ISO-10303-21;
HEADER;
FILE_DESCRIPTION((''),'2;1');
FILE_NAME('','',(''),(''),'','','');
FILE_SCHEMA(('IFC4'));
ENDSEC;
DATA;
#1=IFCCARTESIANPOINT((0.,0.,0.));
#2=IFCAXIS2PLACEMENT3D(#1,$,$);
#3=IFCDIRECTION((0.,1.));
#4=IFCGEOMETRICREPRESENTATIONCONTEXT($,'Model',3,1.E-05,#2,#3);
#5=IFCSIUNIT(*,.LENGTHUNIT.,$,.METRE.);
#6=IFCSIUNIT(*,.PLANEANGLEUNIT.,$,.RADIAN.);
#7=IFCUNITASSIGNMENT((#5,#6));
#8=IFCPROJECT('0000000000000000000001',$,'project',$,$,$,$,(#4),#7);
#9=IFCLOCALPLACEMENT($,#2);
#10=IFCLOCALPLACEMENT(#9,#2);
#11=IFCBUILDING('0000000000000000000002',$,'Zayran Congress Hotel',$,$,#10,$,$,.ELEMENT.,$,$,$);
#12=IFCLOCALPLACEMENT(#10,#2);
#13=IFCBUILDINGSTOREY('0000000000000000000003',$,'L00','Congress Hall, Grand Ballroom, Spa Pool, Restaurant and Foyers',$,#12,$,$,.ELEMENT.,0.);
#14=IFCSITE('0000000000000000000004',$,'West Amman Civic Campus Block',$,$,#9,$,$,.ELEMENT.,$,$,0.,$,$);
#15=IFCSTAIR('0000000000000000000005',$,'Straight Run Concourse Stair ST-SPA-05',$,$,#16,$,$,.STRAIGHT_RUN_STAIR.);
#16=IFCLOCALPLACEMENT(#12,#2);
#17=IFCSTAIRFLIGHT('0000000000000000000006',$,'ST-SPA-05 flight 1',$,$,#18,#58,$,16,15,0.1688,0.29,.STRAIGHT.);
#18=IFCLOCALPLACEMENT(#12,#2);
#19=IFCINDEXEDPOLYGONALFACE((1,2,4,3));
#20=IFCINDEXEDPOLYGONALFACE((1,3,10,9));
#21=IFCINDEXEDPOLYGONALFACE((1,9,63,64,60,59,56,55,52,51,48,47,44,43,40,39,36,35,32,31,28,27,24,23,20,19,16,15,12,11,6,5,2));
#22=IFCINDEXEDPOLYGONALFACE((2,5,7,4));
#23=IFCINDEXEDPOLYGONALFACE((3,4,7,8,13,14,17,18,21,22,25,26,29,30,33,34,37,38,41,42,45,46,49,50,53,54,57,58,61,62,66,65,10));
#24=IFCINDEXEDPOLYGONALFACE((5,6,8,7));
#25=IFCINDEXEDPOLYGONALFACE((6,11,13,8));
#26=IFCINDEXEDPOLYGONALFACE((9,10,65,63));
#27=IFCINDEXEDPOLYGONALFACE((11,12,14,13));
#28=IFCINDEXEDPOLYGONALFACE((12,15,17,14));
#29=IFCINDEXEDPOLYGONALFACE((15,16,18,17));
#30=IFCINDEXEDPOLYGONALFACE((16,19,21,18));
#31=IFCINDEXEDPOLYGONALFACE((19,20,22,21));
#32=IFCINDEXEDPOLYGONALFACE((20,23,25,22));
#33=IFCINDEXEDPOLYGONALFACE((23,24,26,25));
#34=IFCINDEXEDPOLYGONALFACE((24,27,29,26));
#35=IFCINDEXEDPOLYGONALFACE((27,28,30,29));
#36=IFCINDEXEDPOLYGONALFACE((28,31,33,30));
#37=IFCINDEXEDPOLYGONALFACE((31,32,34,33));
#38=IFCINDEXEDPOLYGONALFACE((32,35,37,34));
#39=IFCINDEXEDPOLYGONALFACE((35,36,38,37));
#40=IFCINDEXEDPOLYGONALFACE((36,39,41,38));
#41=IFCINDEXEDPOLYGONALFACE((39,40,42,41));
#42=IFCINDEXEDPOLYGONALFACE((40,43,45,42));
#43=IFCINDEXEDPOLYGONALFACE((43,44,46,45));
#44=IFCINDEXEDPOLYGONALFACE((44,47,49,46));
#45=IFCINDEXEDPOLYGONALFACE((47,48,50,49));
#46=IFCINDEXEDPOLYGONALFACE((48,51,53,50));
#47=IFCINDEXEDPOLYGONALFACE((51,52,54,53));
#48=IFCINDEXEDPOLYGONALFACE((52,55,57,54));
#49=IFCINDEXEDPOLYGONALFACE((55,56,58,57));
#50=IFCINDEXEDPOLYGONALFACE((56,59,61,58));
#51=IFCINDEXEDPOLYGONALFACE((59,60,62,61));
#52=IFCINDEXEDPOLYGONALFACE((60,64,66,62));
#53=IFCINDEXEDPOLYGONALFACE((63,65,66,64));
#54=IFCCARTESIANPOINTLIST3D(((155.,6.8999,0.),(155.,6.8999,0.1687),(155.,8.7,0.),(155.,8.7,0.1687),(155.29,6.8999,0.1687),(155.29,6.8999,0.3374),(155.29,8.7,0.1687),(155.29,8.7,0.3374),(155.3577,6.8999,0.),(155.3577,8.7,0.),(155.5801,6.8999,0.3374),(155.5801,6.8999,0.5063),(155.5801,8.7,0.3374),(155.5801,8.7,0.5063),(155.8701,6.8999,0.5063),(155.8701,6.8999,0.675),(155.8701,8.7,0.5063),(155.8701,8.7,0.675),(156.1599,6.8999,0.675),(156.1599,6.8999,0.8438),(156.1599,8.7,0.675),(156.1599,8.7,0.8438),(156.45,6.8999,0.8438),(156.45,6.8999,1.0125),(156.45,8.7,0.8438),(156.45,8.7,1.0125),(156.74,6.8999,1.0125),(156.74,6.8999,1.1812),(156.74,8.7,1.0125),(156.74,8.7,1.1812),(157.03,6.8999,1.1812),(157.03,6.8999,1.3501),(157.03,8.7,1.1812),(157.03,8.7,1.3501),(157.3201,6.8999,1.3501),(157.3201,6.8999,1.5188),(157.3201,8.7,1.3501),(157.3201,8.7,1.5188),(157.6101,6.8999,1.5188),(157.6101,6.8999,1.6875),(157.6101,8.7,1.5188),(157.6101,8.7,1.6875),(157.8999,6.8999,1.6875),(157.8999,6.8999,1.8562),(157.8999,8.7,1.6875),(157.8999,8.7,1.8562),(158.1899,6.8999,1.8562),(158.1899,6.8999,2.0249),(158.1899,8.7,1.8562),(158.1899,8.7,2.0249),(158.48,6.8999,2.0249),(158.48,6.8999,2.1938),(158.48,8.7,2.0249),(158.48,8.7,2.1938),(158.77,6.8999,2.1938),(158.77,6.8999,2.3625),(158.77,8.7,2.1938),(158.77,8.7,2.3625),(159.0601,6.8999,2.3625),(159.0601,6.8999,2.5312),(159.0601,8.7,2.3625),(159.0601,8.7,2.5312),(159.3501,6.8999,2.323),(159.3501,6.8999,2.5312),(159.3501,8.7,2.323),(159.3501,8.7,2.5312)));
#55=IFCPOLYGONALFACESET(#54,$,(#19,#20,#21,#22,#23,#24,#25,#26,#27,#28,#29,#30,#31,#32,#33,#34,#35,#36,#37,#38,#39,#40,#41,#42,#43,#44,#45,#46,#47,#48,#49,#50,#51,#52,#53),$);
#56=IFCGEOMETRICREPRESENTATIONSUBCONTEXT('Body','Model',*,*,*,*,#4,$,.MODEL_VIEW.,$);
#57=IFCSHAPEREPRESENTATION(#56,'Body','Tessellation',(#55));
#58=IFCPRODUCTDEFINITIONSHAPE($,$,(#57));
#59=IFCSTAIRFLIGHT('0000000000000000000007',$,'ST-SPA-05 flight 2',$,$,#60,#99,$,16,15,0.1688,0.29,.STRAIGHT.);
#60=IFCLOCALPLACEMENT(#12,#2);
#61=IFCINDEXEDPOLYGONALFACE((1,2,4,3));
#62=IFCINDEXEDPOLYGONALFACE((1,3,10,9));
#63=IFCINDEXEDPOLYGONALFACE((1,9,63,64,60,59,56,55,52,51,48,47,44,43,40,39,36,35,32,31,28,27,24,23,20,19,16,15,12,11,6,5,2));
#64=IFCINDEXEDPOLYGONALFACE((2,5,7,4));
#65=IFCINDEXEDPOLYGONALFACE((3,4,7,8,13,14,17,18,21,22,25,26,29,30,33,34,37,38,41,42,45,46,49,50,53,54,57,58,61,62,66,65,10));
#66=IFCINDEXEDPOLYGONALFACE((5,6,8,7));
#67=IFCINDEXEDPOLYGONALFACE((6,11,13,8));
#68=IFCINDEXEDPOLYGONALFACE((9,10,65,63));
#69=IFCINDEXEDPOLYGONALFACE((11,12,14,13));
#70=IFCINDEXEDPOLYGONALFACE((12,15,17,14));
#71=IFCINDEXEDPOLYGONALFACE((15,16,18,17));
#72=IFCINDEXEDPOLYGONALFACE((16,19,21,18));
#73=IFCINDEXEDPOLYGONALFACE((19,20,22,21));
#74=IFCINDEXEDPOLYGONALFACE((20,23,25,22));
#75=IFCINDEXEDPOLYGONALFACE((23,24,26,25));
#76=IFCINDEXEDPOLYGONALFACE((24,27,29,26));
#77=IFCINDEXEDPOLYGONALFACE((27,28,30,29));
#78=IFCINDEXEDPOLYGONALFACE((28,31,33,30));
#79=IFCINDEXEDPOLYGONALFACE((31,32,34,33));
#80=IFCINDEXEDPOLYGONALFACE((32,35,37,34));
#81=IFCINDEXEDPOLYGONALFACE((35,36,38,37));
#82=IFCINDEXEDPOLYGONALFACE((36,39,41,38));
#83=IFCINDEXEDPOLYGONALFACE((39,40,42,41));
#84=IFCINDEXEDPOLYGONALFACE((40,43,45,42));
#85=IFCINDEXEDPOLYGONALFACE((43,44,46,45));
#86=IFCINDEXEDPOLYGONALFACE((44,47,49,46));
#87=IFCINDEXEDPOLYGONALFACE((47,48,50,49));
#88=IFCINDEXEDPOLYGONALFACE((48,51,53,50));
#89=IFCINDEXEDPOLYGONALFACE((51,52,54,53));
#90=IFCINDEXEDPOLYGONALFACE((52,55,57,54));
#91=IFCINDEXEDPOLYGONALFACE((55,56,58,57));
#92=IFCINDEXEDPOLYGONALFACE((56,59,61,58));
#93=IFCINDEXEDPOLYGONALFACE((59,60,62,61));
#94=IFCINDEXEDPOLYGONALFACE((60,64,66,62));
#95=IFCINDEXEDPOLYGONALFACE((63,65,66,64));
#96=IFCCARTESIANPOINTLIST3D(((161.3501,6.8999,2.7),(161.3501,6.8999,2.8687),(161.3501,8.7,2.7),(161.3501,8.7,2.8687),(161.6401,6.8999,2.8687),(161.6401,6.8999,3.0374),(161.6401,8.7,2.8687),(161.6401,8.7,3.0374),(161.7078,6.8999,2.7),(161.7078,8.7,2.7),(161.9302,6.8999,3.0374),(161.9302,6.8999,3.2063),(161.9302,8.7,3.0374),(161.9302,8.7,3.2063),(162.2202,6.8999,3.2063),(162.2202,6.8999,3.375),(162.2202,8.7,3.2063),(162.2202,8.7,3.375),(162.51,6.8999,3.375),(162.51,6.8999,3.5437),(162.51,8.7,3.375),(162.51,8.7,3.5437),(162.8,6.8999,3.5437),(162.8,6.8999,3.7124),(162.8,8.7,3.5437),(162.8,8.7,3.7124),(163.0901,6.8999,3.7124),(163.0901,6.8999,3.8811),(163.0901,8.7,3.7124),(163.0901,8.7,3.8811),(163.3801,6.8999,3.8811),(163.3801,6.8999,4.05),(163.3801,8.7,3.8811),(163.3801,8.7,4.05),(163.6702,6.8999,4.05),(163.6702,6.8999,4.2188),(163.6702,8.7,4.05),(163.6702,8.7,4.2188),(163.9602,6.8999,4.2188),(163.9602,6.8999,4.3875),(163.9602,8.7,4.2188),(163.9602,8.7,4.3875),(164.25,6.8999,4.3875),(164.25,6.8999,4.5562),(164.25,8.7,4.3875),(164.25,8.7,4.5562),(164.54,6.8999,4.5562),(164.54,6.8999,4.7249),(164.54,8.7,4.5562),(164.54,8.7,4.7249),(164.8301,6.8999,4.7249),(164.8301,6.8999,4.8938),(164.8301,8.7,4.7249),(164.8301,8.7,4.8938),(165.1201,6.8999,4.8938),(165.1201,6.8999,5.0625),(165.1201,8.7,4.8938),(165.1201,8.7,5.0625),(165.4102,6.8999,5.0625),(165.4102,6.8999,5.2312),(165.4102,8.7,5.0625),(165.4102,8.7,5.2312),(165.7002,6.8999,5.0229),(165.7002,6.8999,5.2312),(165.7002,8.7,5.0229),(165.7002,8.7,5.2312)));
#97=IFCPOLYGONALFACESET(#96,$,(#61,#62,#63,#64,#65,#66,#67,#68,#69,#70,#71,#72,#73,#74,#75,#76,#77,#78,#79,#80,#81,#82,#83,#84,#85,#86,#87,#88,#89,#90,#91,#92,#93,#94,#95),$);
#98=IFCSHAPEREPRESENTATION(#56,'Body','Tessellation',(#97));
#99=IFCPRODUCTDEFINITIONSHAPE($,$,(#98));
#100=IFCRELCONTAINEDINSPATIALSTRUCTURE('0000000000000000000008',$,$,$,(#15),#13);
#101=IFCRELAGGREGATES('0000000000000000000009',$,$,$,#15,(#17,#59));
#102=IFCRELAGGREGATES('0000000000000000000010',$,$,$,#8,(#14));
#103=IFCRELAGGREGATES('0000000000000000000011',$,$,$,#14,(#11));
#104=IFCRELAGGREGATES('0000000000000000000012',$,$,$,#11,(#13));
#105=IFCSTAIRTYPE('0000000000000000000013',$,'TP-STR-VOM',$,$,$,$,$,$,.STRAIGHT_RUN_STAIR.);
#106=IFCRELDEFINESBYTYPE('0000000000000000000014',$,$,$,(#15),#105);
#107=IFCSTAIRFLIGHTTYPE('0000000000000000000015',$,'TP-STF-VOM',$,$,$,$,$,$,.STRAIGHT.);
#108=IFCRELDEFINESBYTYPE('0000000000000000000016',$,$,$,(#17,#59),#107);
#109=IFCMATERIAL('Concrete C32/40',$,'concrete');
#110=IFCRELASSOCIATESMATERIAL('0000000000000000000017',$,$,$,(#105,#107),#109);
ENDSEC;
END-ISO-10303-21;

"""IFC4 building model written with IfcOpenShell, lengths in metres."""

from ifc_helpers import new_model, si_unit, direction, frame, origin, place, context, subcontext, project, spatial, polyline, outline, extrude, material, type_object, element, aggregate, save


model = new_model("IFC4")

# Units and contexts
model_context = context("Model", 3, precision=1e-05, world=origin(), true_north=direction((0.0, 1.0)))
body_context = subcontext(model_context, "Body", "Model", "MODEL_VIEW")
ifc_project = project(units=[si_unit("LENGTHUNIT", "METRE"), si_unit("PLANEANGLEUNIT", "RADIAN")], contexts=[model_context])

# Site, building, storey
site_placement = place(None, origin())
site = spatial("IfcSite", under=ifc_project, at=site_placement, Name="West Amman Civic Campus Block", CompositionType="ELEMENT", RefElevation=0.0)
building_placement = place(site_placement, origin())
building = spatial("IfcBuilding", under=site, at=building_placement, Name="Zayran Congress Hotel", CompositionType="ELEMENT")
storey_placement = place(building_placement, origin())
storey = spatial("IfcBuildingStorey", under=building, at=storey_placement, Name="L00", Description="Congress Hall, Grand Ballroom, Spa Pool, Restaurant and Foyers", CompositionType="ELEMENT", Elevation=0.0)

# Stair, stair flights
ifc_material_1 = material(Name="Concrete C32/40", Category="concrete")
stair_type = type_object("IfcStairType", Name="TP-STR-VOM", PredefinedType="STRAIGHT_RUN_STAIR", material=ifc_material_1)
stair_placement = place(storey_placement, origin())
stair = element("IfcStair", 1, at=stair_placement, inside=storey, type_object=stair_type, Name="Straight Run Concourse Stair ST-SPA-05", PredefinedType="STRAIGHT_RUN_STAIR")
stair_flight_type = type_object("IfcStairFlightType", Name="TP-STF-VOM", PredefinedType="STRAIGHT", material=ifc_material_1)
stair_flight_1_placement = place(storey_placement, frame((155.0, 7.8, 0.0), z_axis=(0.0, 0.0, 1.0), x_axis=(1.0, 0.0, 0.0)))
stair_flight_1 = element("IfcStairFlight", 2, at=stair_flight_1_placement, type_object=stair_flight_type, Name="ST-SPA-05 flight 1", NumberOfRisers=16, NumberOfTreads=15, PredefinedType="STRAIGHT", RiserHeight=0.1688, TreadLength=0.29, context=body_context, shape_type="SweptSolid", body=[
    extrude(outline(polyline([(0.0, 0.0), (0.0, 0.1687), (0.29, 0.1687), (0.29, 0.3374), (0.5801, 0.3374), (0.5801, 0.5063), (0.8701, 0.5063), (0.8701, 0.675), (1.1599, 0.675), (1.1599, 0.8438), (1.45, 0.8438), (1.45, 1.0125), (1.74, 1.0125), (1.74, 1.1812), (2.03, 1.1812), (2.03, 1.3501), (2.3201, 1.3501), (2.3201, 1.5188), (2.6101, 1.5188), (2.6101, 1.6875), (2.8999, 1.6875), (2.8999, 1.8562), (3.1899, 1.8562), (3.1899, 2.0249), (3.48, 2.0249), (3.48, 2.1938), (3.77, 2.1938), (3.77, 2.3625), (4.0601, 2.3625), (4.0601, 2.5312), (4.3501, 2.5312), (4.3501, 2.7), (4.3501, 2.323), (0.3577, 0.0), (0.0, 0.0)])), frame((0.0, 0.8999, 0.0), z_axis=(0.0, -1.0, 0.0), x_axis=(1.0, 0.0, 0.0)), (0.0, 0.0, 1.0), 1.8),
])
stair_flight_2_placement = place(storey_placement, frame((161.3501, 7.8, 2.7), z_axis=(0.0, 0.0, 1.0), x_axis=(1.0, 0.0, 0.0)))
stair_flight_2 = element("IfcStairFlight", 3, at=stair_flight_2_placement, type_object=stair_flight_type, Name="ST-SPA-05 flight 2", NumberOfRisers=16, NumberOfTreads=15, PredefinedType="STRAIGHT", RiserHeight=0.1688, TreadLength=0.29, context=body_context, shape_type="SweptSolid", body=[
    extrude(outline(polyline([(0.0, 0.0), (0.0, 0.1687), (0.29, 0.1687), (0.29, 0.3374), (0.5801, 0.3374), (0.5801, 0.5063), (0.8701, 0.5063), (0.8701, 0.675), (1.1599, 0.675), (1.1599, 0.8438), (1.45, 0.8438), (1.45, 1.0125), (1.74, 1.0125), (1.74, 1.1812), (2.03, 1.1812), (2.03, 1.3501), (2.3201, 1.3501), (2.3201, 1.5188), (2.6101, 1.5188), (2.6101, 1.6875), (2.8999, 1.6875), (2.8999, 1.8562), (3.1899, 1.8562), (3.1899, 2.0249), (3.48, 2.0249), (3.48, 2.1938), (3.77, 2.1938), (3.77, 2.3625), (4.0601, 2.3625), (4.0601, 2.5312), (4.3501, 2.5312), (4.3501, 2.7), (4.3501, 2.323), (0.3577, 0.0), (0.0, 0.0)])), frame((0.0, 0.8999, 0.0), z_axis=(0.0, -1.0, 0.0), x_axis=(1.0, 0.0, 0.0)), (0.0, 0.0, 1.0), 1.8),
])
aggregate(stair, [stair_flight_1, stair_flight_2])

save(model, "model.ifc")
